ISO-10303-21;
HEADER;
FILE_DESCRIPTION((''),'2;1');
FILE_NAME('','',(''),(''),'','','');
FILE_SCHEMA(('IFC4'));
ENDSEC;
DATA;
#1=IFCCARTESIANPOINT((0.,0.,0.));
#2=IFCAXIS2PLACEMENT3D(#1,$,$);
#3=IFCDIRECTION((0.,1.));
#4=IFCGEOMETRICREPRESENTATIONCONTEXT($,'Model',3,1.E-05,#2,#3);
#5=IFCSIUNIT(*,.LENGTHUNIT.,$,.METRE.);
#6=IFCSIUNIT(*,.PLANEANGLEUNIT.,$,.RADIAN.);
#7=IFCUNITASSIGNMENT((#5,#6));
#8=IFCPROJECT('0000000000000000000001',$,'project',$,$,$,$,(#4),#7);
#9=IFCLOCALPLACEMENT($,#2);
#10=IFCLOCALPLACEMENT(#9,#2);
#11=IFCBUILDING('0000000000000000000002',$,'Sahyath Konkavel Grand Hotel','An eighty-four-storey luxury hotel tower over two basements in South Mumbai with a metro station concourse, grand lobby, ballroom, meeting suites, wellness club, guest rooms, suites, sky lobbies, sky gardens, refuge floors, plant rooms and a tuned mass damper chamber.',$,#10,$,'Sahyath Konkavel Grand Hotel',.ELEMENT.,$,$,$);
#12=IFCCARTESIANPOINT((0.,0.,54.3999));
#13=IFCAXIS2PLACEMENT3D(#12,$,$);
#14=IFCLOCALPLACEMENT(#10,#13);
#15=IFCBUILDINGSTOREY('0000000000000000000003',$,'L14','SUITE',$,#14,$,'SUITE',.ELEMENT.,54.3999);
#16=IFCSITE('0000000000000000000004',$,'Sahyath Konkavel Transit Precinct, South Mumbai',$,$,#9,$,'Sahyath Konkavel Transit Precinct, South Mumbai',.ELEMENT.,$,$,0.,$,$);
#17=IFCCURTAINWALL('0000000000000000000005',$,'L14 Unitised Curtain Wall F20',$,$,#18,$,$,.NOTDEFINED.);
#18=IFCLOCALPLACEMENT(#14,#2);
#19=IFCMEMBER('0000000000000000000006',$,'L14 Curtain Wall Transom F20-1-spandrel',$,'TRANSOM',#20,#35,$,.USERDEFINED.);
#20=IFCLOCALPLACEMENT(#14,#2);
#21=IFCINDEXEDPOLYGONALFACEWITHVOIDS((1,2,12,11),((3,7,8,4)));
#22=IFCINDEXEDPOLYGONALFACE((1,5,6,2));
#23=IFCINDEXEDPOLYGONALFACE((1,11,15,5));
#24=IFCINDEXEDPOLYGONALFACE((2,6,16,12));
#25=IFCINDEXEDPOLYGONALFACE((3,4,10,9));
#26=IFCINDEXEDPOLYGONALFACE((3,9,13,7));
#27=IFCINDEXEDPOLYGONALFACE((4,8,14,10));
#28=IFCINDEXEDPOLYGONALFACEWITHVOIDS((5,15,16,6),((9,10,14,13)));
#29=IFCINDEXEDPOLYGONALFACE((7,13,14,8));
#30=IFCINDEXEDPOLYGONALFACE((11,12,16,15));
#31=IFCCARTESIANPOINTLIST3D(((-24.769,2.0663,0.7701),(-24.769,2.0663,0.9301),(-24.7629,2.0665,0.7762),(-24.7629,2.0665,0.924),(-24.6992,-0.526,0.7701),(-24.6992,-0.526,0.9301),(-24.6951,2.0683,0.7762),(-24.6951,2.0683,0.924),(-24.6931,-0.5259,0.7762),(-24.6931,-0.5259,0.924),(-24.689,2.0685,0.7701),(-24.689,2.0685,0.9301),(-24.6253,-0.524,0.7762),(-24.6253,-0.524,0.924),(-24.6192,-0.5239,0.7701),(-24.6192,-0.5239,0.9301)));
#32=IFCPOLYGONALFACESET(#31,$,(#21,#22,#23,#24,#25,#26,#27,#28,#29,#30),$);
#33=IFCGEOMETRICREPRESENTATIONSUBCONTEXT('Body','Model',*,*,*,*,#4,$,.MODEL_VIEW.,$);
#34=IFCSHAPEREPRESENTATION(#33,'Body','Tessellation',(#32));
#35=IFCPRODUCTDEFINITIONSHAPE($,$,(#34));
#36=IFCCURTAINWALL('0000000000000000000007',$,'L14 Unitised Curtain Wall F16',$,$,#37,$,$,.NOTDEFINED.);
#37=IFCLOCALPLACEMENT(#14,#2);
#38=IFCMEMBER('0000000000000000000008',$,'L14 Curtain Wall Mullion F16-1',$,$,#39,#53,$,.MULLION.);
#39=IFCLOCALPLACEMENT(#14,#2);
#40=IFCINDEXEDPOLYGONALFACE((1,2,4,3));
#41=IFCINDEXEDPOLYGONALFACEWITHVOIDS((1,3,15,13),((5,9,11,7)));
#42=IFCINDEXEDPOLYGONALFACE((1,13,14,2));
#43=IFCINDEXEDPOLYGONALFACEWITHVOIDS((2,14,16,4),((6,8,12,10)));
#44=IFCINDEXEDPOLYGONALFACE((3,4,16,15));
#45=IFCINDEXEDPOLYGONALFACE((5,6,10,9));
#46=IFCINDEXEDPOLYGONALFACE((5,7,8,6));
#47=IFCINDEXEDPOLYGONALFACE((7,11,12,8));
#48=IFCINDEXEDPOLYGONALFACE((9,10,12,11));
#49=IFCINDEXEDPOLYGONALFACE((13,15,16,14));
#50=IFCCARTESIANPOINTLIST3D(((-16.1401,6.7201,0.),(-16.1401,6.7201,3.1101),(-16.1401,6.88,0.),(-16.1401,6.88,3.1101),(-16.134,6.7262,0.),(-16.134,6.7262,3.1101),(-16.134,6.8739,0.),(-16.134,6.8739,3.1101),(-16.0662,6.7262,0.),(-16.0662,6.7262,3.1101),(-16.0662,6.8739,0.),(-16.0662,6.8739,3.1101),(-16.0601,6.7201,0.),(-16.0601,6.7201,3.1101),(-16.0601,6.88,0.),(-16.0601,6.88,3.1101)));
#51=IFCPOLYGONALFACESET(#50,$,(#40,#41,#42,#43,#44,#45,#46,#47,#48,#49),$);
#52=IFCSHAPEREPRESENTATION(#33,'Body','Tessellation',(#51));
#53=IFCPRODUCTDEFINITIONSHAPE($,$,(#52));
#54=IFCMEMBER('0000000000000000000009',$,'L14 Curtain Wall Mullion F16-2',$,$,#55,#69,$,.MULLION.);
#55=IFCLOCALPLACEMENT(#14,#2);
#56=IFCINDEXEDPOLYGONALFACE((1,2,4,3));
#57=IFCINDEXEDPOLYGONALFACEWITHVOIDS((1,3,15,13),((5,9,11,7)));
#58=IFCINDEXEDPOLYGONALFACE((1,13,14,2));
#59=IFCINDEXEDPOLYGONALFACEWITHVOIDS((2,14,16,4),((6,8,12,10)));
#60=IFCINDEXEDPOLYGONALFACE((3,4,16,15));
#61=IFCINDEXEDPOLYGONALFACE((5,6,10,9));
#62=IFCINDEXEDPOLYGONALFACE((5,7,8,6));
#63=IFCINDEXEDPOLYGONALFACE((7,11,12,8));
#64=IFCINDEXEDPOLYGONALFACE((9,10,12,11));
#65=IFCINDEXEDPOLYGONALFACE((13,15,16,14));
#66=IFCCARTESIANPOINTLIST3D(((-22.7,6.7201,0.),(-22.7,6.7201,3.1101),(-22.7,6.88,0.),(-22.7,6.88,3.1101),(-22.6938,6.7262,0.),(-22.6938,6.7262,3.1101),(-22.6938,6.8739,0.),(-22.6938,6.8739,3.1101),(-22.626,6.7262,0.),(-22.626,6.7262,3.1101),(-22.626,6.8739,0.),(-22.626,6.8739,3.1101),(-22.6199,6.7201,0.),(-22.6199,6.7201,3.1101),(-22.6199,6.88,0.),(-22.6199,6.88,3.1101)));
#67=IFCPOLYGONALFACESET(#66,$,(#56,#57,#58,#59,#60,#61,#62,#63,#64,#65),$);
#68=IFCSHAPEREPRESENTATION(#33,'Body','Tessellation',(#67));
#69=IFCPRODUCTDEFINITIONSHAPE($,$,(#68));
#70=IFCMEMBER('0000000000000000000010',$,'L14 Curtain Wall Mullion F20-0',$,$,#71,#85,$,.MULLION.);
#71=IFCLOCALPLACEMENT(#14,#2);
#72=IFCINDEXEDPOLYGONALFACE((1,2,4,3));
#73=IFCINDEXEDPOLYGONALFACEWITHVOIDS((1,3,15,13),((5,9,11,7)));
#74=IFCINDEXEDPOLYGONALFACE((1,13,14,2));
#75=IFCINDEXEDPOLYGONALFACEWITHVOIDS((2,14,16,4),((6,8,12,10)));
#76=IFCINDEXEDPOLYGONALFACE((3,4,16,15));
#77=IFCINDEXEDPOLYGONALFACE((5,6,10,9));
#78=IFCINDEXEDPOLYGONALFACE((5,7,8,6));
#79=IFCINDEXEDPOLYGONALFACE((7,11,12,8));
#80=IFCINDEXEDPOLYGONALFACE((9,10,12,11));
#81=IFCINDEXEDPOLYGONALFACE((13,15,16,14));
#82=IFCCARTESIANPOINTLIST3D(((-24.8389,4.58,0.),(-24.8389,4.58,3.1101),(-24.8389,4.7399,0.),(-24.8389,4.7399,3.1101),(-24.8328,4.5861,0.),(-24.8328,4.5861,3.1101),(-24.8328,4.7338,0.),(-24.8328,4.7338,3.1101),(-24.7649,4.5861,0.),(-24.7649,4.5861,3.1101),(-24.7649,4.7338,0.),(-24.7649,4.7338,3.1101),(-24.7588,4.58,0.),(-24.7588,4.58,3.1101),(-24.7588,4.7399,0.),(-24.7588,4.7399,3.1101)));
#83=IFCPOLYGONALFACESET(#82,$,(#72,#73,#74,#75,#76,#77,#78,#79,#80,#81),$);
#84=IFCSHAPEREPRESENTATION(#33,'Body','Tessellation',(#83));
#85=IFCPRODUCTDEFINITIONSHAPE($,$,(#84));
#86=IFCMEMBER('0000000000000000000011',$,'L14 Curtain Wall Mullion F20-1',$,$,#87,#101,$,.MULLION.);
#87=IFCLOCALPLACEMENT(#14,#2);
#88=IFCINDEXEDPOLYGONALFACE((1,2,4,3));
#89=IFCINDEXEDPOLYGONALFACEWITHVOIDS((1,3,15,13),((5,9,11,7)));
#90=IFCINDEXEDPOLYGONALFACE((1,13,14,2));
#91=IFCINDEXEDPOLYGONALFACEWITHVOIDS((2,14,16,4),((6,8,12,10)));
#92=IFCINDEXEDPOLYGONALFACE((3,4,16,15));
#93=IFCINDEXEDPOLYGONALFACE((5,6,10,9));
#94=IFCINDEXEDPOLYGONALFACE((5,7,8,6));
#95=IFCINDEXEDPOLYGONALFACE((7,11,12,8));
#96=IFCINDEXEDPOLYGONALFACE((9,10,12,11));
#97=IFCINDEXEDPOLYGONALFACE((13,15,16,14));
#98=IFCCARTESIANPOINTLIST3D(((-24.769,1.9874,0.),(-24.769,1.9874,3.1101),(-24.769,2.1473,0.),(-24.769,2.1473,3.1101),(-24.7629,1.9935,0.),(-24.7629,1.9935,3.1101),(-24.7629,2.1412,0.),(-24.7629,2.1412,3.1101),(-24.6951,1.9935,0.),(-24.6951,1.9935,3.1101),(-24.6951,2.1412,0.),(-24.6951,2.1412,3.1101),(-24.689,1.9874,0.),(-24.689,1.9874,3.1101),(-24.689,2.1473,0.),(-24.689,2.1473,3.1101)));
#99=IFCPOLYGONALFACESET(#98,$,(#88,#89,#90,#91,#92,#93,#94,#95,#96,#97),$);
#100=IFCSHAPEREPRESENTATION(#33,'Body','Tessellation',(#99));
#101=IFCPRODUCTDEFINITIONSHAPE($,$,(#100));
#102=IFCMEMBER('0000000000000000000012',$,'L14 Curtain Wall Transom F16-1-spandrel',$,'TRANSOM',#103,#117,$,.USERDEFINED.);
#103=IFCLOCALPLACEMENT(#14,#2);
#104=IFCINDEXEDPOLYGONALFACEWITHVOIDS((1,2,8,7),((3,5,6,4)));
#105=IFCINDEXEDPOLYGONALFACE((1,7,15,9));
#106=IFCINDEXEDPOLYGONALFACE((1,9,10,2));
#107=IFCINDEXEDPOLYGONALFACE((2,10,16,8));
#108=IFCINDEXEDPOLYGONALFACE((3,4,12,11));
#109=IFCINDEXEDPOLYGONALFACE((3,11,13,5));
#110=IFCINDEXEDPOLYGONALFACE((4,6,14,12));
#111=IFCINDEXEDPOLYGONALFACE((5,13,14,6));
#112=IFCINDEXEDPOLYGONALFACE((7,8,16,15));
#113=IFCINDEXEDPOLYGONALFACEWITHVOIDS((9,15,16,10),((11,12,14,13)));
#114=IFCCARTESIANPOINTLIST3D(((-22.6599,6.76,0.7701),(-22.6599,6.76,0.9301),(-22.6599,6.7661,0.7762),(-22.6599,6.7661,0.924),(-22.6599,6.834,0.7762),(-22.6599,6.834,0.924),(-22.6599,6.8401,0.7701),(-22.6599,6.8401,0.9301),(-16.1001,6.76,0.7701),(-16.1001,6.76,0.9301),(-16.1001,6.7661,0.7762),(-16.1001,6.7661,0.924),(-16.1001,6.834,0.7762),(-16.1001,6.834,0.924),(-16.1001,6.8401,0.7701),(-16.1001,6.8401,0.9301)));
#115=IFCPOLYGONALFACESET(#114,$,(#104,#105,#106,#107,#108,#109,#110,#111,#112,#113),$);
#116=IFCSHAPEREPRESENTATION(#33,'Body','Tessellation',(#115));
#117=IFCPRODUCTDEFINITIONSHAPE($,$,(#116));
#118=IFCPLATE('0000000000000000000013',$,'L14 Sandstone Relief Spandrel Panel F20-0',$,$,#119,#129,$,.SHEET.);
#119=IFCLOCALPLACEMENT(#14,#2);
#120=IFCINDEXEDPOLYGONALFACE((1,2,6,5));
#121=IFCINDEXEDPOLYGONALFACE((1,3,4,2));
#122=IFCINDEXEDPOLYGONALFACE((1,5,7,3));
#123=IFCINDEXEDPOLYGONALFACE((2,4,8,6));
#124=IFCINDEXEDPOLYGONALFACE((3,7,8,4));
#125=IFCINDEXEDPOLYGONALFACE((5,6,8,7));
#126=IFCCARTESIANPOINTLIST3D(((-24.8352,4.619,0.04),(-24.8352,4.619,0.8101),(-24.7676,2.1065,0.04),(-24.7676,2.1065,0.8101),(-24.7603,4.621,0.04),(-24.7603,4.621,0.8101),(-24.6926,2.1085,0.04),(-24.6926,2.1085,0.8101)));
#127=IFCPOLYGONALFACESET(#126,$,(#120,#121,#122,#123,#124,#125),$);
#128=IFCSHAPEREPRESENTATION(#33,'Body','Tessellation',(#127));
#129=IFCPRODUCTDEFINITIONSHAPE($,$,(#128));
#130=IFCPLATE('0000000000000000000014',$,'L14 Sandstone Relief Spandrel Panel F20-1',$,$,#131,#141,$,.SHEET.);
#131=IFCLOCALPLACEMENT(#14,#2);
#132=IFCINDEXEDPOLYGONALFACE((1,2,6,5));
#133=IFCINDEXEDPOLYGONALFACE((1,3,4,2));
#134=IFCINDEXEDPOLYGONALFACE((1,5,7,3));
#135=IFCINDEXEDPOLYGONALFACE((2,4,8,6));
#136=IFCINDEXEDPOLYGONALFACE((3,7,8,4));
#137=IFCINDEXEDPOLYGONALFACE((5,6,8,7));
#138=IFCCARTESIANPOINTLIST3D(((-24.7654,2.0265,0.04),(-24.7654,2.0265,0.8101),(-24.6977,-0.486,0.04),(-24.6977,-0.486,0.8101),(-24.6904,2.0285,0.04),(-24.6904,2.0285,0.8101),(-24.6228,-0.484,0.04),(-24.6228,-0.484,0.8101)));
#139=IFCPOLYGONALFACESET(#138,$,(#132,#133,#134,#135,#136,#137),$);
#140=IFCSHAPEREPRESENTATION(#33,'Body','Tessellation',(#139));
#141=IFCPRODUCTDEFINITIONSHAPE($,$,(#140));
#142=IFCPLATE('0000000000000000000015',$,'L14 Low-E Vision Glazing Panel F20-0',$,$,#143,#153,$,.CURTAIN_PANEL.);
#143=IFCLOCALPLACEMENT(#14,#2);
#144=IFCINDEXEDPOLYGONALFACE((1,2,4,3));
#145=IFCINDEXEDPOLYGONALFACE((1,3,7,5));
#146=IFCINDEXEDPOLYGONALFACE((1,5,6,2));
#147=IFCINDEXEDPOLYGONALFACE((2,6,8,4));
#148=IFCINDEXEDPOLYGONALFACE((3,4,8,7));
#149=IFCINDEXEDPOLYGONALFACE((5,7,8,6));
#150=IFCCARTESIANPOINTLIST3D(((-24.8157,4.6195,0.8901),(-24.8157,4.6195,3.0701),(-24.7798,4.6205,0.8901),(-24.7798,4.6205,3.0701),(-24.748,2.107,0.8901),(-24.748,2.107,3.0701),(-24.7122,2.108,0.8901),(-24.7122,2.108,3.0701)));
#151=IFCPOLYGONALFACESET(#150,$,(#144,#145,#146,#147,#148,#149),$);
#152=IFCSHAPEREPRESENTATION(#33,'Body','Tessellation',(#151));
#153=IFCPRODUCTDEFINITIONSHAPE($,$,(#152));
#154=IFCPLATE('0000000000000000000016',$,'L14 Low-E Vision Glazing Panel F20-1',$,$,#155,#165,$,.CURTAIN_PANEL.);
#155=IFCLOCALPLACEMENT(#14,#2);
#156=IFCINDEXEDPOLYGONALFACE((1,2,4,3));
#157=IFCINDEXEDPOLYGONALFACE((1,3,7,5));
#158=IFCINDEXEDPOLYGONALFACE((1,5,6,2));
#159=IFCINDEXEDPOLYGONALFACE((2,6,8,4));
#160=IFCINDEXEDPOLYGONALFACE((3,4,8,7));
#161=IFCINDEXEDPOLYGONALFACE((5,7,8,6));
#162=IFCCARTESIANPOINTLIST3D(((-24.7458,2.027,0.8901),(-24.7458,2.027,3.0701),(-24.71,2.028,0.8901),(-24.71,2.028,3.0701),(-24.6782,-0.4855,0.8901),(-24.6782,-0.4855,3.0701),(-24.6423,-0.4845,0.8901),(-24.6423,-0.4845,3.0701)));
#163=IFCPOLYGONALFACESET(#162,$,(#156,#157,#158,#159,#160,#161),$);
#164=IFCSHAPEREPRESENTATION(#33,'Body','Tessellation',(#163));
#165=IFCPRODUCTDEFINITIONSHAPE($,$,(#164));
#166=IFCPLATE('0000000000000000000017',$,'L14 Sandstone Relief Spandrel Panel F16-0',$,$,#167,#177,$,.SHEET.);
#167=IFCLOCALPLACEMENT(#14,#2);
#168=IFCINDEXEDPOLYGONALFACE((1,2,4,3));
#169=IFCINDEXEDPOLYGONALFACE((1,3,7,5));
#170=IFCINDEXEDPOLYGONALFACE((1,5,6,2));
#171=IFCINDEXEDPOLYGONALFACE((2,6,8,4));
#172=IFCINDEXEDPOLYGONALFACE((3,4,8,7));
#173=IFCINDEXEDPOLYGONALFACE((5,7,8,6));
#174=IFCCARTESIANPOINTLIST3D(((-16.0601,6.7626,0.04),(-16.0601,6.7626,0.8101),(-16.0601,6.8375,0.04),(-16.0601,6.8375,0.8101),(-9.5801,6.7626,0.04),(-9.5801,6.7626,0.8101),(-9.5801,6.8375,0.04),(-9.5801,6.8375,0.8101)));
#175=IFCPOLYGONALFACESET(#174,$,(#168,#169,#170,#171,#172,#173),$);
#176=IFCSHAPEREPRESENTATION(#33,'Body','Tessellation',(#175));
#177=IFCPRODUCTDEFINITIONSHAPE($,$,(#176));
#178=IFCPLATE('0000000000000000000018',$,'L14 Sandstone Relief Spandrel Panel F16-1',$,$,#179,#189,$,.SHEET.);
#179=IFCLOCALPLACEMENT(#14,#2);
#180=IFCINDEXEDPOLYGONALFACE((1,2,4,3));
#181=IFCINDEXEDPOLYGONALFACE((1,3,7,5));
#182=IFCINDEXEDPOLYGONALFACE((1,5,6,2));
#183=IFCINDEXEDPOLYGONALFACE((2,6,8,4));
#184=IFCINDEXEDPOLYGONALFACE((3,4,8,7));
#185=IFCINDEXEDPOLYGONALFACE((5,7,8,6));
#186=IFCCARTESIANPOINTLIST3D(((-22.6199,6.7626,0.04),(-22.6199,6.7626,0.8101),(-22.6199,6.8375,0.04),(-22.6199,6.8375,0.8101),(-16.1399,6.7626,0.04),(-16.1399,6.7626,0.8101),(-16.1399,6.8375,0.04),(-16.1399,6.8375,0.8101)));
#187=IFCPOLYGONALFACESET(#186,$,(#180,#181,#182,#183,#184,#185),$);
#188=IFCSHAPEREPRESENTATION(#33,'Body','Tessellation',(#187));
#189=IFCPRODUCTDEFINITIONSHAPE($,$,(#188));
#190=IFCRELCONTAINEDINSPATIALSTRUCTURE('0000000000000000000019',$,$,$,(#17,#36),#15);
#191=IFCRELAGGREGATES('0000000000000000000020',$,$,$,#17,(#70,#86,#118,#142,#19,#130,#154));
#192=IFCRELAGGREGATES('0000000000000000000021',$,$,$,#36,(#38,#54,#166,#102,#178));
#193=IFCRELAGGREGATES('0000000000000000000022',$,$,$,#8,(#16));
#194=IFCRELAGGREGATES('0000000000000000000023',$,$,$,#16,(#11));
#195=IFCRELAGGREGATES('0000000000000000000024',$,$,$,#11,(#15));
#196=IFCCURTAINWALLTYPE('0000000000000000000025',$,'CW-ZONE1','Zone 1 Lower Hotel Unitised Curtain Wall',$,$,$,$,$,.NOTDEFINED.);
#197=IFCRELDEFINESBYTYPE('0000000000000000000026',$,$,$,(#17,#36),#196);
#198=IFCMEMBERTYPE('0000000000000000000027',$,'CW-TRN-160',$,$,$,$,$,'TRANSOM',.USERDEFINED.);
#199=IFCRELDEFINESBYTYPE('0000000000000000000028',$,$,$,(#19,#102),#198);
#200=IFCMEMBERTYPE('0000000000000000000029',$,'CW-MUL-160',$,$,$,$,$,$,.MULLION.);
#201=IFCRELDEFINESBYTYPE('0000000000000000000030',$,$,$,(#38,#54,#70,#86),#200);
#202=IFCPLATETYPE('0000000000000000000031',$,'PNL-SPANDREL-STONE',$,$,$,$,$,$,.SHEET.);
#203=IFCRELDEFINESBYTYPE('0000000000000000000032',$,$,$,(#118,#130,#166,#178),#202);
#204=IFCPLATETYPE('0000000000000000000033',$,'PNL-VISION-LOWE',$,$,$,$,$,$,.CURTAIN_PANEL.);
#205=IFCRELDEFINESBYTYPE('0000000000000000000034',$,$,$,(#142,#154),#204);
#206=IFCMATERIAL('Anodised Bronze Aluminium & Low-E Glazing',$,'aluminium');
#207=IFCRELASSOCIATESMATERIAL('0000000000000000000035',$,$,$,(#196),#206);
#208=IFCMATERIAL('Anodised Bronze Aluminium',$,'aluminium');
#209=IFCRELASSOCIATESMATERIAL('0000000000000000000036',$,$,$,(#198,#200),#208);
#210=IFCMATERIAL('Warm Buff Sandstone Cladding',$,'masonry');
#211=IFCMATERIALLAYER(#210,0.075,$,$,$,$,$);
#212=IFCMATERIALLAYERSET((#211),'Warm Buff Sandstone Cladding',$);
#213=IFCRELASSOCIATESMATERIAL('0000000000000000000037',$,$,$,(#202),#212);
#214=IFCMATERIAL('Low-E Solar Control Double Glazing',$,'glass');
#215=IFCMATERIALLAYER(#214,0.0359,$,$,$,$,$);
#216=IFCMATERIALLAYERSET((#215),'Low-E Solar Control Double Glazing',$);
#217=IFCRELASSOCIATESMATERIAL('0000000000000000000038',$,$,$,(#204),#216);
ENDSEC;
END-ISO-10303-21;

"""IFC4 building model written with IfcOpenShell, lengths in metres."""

from ifc_helpers import new_model, si_unit, direction, frame, origin, origin_2d, place, context, subcontext, project, spatial, rectangle, hollow_rectangle, extrude, source, transform, mapped, material, layer, layer_set, material_profile, profile_set, type_object, element, aggregate, save


model = new_model("IFC4")

# Units and contexts
model_context = context("Model", 3, precision=1e-05, world=origin(), true_north=direction((0.0, 1.0)))
body_context = subcontext(model_context, "Body", "Model", "MODEL_VIEW")
ifc_project = project(units=[si_unit("LENGTHUNIT", "METRE"), si_unit("PLANEANGLEUNIT", "RADIAN")], contexts=[model_context])

# Site, building, storey
site_placement = place(None, origin())
site = spatial("IfcSite", under=ifc_project, at=site_placement, Name="Sahyath Konkavel Transit Precinct, South Mumbai", LongName="Sahyath Konkavel Transit Precinct, South Mumbai", CompositionType="ELEMENT", RefElevation=0.0)
building_placement = place(site_placement, origin())
building = spatial("IfcBuilding", under=site, at=building_placement, Name="Sahyath Konkavel Grand Hotel", Description="An eighty-four-storey luxury hotel tower over two basements in South Mumbai with a metro station concourse, grand lobby, ballroom, meeting suites, wellness club, guest rooms, suites, sky lobbies, sky gardens, refuge floors, plant rooms and a tuned mass damper chamber.", LongName="Sahyath Konkavel Grand Hotel", CompositionType="ELEMENT")
storey_placement = place(building_placement, frame((0.0, 0.0, 54.3999)))
storey = spatial("IfcBuildingStorey", under=building, at=storey_placement, Name="L14", Description="SUITE", LongName="SUITE", CompositionType="ELEMENT", Elevation=54.3999)

# Curtain walls, members
ifc_material_1 = material(Name="Anodised Bronze Aluminium & Low-E Glazing", Category="aluminium")
curtain_wall_type = type_object("IfcCurtainWallType", Name="CW-ZONE1", Description="Zone 1 Lower Hotel Unitised Curtain Wall", PredefinedType="NOTDEFINED", material=ifc_material_1)
curtain_wall_1_placement = place(storey_placement, origin())
curtain_wall_1 = element("IfcCurtainWall", 1, at=curtain_wall_1_placement, inside=storey, type_object=curtain_wall_type, Name="L14 Unitised Curtain Wall F20", PredefinedType="NOTDEFINED")
ifc_material_2 = material(Name="Anodised Bronze Aluminium", Category="aluminium")
ifc_material_profile_1 = material_profile(ifc_material_2, hollow_rectangle(XDim=0.0801, YDim=0.1599, WallThickness=0.0061, at=origin_2d()), Name="RHS 160x80x6")
ifc_profile_set_1 = profile_set([ifc_material_profile_1], Name="Anodised Bronze Aluminium")
member_type_1 = type_object("IfcMemberType", Name="CW-TRN-160", ElementType="TRANSOM", PredefinedType="USERDEFINED", material=ifc_profile_set_1)
shared_shape_1 = source(origin(), body_context, "Body", "SweptSolid", [
    extrude(hollow_rectangle(XDim=0.0801, YDim=0.1599, WallThickness=0.0061, at=origin_2d()), origin(), (0.0, 0.0, 1.0), 2.5933),
])
member_1_placement = place(storey_placement, frame((-24.729, 2.0674, 0.8501), z_axis=(0.026926, -0.999637, 0.0), x_axis=(0.999637, 0.026926, 0.0)))
member_1 = element("IfcMember", 2, at=member_1_placement, type_object=member_type_1, Name="L14 Curtain Wall Transom F20-1-spandrel", ObjectType="TRANSOM", PredefinedType="USERDEFINED", context=body_context, shape_type="MappedRepresentation", body=[
    mapped(shared_shape_1, transform((0.0, 0.0, 0.0), scale=1.0)),
])
curtain_wall_2_placement = place(storey_placement, origin())
curtain_wall_2 = element("IfcCurtainWall", 3, at=curtain_wall_2_placement, inside=storey, type_object=curtain_wall_type, Name="L14 Unitised Curtain Wall F16", PredefinedType="NOTDEFINED")
ifc_material_profile_2 = material_profile(ifc_material_2, hollow_rectangle(XDim=0.0801, YDim=0.1599, WallThickness=0.0061, at=origin_2d()), Name="RHS 160x80x6")
ifc_profile_set_2 = profile_set([ifc_material_profile_2], Name="Anodised Bronze Aluminium")
member_type_2 = type_object("IfcMemberType", Name="CW-MUL-160", PredefinedType="MULLION", material=ifc_profile_set_2)
shared_shape_2 = source(origin(), body_context, "Body", "SweptSolid", [
    extrude(hollow_rectangle(XDim=0.0801, YDim=0.1599, WallThickness=0.0061, at=origin_2d()), origin(), (0.0, 0.0, 1.0), 3.1101),
])
member_2_placement = place(storey_placement, frame((-16.1001, 6.8, 0.0), z_axis=(0.0, 0.0, 1.0), x_axis=(1.0, 0.0, 0.0)))
member_2 = element("IfcMember", 4, at=member_2_placement, type_object=member_type_2, Name="L14 Curtain Wall Mullion F16-1", PredefinedType="MULLION", context=body_context, shape_type="MappedRepresentation", body=[
    mapped(shared_shape_2, transform((0.0, 0.0, 0.0), scale=1.0)),
])
member_3_placement = place(storey_placement, frame((-22.6599, 6.8, 0.0), z_axis=(0.0, 0.0, 1.0), x_axis=(1.0, 0.0, 0.0)))
member_3 = element("IfcMember", 5, at=member_3_placement, type_object=member_type_2, Name="L14 Curtain Wall Mullion F16-2", PredefinedType="MULLION", context=body_context, shape_type="MappedRepresentation", body=[
    mapped(shared_shape_2, transform((0.0, 0.0, 0.0), scale=1.0)),
])

# Members
member_4_placement = place(storey_placement, frame((-24.7988, 4.6599, 0.0), z_axis=(0.0, 0.0, 1.0), x_axis=(1.0, 0.0, 0.0)))
member_4 = element("IfcMember", 6, at=member_4_placement, type_object=member_type_2, Name="L14 Curtain Wall Mullion F20-0", PredefinedType="MULLION", context=body_context, shape_type="MappedRepresentation", body=[
    mapped(shared_shape_2, transform((0.0, 0.0, 0.0), scale=1.0)),
])
member_5_placement = place(storey_placement, frame((-24.729, 2.0674, 0.0), z_axis=(0.0, 0.0, 1.0), x_axis=(1.0, 0.0, 0.0)))
member_5 = element("IfcMember", 7, at=member_5_placement, type_object=member_type_2, Name="L14 Curtain Wall Mullion F20-1", PredefinedType="MULLION", context=body_context, shape_type="MappedRepresentation", body=[
    mapped(shared_shape_2, transform((0.0, 0.0, 0.0), scale=1.0)),
])
shared_shape_3 = source(origin(), body_context, "Body", "SweptSolid", [
    extrude(hollow_rectangle(XDim=0.0801, YDim=0.1599, WallThickness=0.0061, at=origin_2d()), origin(), (0.0, 0.0, 1.0), 6.5598),
])
member_6_placement = place(storey_placement, frame((-16.1001, 6.8, 0.8501), z_axis=(-1.0, 0.0, 0.0), x_axis=(0.0, -1.0, 0.0)))
member_6 = element("IfcMember", 8, at=member_6_placement, type_object=member_type_1, Name="L14 Curtain Wall Transom F16-1-spandrel", ObjectType="TRANSOM", PredefinedType="USERDEFINED", context=body_context, shape_type="MappedRepresentation", body=[
    mapped(shared_shape_3, transform((0.0, 0.0, 0.0), scale=1.0)),
])

# Plates
ifc_material_3 = material(Name="Warm Buff Sandstone Cladding", Category="masonry")
ifc_layer_1 = layer(ifc_material_3, 0.075)
ifc_layer_set_1 = layer_set([ifc_layer_1], Name="Warm Buff Sandstone Cladding")
plate_type_1 = type_object("IfcPlateType", Name="PNL-SPANDREL-STONE", PredefinedType="SHEET", material=ifc_layer_set_1)
shared_shape_4 = source(origin(), body_context, "Body", "SweptSolid", [
    extrude(rectangle(XDim=2.5134, YDim=0.075, at=origin_2d()), origin(), (0.0, 0.0, 1.0), 0.77),
])
plate_1_placement = place(storey_placement, frame((-24.7639, 3.3638, 0.04), z_axis=(0.0, 0.0, 1.0), x_axis=(0.02691, -0.999638, 0.0)))
plate_1 = element("IfcPlate", 9, at=plate_1_placement, type_object=plate_type_1, Name="L14 Sandstone Relief Spandrel Panel F20-0", PredefinedType="SHEET", context=body_context, shape_type="MappedRepresentation", body=[
    mapped(shared_shape_4, transform((0.0, 0.0, 0.0), scale=1.0)),
])
plate_2_placement = place(storey_placement, frame((-24.6941, 0.7712, 0.04), z_axis=(0.0, 0.0, 1.0), x_axis=(0.02691, -0.999638, 0.0)))
plate_2 = element("IfcPlate", 10, at=plate_2_placement, type_object=plate_type_1, Name="L14 Sandstone Relief Spandrel Panel F20-1", PredefinedType="SHEET", context=body_context, shape_type="MappedRepresentation", body=[
    mapped(shared_shape_4, transform((0.0, 0.0, 0.0), scale=1.0)),
])
ifc_material_4 = material(Name="Low-E Solar Control Double Glazing", Category="glass")
ifc_layer_2 = layer(ifc_material_4, 0.0359)
ifc_layer_set_2 = layer_set([ifc_layer_2], Name="Low-E Solar Control Double Glazing")
plate_type_2 = type_object("IfcPlateType", Name="PNL-VISION-LOWE", PredefinedType="CURTAIN_PANEL", material=ifc_layer_set_2)
shared_shape_5 = source(origin(), body_context, "Body", "SweptSolid", [
    extrude(rectangle(XDim=2.5134, YDim=0.0359, at=origin_2d()), origin(), (0.0, 0.0, 1.0), 2.1799),
])
plate_3_placement = place(storey_placement, frame((-24.7639, 3.3638, 0.8901), z_axis=(0.0, 0.0, 1.0), x_axis=(0.02691, -0.999638, 0.0)))
plate_3 = element("IfcPlate", 11, at=plate_3_placement, type_object=plate_type_2, Name="L14 Low-E Vision Glazing Panel F20-0", PredefinedType="CURTAIN_PANEL", context=body_context, shape_type="MappedRepresentation", body=[
    mapped(shared_shape_5, transform((0.0, 0.0, 0.0), scale=1.0)),
])
plate_4_placement = place(storey_placement, frame((-24.6941, 0.7712, 0.8901), z_axis=(0.0, 0.0, 1.0), x_axis=(0.02691, -0.999638, 0.0)))
plate_4 = element("IfcPlate", 12, at=plate_4_placement, type_object=plate_type_2, Name="L14 Low-E Vision Glazing Panel F20-1", PredefinedType="CURTAIN_PANEL", context=body_context, shape_type="MappedRepresentation", body=[
    mapped(shared_shape_5, transform((0.0, 0.0, 0.0), scale=1.0)),
])
aggregate(curtain_wall_1, [member_4, member_5, plate_1, plate_3, member_1, plate_2, plate_4])
shared_shape_6 = source(origin(), body_context, "Body", "SweptSolid", [
    extrude(rectangle(XDim=6.48, YDim=0.075, at=origin_2d()), origin(), (0.0, 0.0, 1.0), 0.77),
])
plate_5_placement = place(storey_placement, frame((-12.8201, 6.8, 0.04), z_axis=(0.0, 0.0, 1.0), x_axis=(-1.0, 0.0, 0.0)))
plate_5 = element("IfcPlate", 13, at=plate_5_placement, type_object=plate_type_1, Name="L14 Sandstone Relief Spandrel Panel F16-0", PredefinedType="SHEET", context=body_context, shape_type="MappedRepresentation", body=[
    mapped(shared_shape_6, transform((0.0, 0.0, 0.0), scale=1.0)),
])
plate_6_placement = place(storey_placement, frame((-19.3799, 6.8, 0.04), z_axis=(0.0, 0.0, 1.0), x_axis=(-1.0, 0.0, 0.0)))
plate_6 = element("IfcPlate", 14, at=plate_6_placement, type_object=plate_type_1, Name="L14 Sandstone Relief Spandrel Panel F16-1", PredefinedType="SHEET", context=body_context, shape_type="MappedRepresentation", body=[
    mapped(shared_shape_6, transform((0.0, 0.0, 0.0), scale=1.0)),
])
aggregate(curtain_wall_2, [member_2, member_3, plate_5, member_6, plate_6])

save(model, "model.ifc")
